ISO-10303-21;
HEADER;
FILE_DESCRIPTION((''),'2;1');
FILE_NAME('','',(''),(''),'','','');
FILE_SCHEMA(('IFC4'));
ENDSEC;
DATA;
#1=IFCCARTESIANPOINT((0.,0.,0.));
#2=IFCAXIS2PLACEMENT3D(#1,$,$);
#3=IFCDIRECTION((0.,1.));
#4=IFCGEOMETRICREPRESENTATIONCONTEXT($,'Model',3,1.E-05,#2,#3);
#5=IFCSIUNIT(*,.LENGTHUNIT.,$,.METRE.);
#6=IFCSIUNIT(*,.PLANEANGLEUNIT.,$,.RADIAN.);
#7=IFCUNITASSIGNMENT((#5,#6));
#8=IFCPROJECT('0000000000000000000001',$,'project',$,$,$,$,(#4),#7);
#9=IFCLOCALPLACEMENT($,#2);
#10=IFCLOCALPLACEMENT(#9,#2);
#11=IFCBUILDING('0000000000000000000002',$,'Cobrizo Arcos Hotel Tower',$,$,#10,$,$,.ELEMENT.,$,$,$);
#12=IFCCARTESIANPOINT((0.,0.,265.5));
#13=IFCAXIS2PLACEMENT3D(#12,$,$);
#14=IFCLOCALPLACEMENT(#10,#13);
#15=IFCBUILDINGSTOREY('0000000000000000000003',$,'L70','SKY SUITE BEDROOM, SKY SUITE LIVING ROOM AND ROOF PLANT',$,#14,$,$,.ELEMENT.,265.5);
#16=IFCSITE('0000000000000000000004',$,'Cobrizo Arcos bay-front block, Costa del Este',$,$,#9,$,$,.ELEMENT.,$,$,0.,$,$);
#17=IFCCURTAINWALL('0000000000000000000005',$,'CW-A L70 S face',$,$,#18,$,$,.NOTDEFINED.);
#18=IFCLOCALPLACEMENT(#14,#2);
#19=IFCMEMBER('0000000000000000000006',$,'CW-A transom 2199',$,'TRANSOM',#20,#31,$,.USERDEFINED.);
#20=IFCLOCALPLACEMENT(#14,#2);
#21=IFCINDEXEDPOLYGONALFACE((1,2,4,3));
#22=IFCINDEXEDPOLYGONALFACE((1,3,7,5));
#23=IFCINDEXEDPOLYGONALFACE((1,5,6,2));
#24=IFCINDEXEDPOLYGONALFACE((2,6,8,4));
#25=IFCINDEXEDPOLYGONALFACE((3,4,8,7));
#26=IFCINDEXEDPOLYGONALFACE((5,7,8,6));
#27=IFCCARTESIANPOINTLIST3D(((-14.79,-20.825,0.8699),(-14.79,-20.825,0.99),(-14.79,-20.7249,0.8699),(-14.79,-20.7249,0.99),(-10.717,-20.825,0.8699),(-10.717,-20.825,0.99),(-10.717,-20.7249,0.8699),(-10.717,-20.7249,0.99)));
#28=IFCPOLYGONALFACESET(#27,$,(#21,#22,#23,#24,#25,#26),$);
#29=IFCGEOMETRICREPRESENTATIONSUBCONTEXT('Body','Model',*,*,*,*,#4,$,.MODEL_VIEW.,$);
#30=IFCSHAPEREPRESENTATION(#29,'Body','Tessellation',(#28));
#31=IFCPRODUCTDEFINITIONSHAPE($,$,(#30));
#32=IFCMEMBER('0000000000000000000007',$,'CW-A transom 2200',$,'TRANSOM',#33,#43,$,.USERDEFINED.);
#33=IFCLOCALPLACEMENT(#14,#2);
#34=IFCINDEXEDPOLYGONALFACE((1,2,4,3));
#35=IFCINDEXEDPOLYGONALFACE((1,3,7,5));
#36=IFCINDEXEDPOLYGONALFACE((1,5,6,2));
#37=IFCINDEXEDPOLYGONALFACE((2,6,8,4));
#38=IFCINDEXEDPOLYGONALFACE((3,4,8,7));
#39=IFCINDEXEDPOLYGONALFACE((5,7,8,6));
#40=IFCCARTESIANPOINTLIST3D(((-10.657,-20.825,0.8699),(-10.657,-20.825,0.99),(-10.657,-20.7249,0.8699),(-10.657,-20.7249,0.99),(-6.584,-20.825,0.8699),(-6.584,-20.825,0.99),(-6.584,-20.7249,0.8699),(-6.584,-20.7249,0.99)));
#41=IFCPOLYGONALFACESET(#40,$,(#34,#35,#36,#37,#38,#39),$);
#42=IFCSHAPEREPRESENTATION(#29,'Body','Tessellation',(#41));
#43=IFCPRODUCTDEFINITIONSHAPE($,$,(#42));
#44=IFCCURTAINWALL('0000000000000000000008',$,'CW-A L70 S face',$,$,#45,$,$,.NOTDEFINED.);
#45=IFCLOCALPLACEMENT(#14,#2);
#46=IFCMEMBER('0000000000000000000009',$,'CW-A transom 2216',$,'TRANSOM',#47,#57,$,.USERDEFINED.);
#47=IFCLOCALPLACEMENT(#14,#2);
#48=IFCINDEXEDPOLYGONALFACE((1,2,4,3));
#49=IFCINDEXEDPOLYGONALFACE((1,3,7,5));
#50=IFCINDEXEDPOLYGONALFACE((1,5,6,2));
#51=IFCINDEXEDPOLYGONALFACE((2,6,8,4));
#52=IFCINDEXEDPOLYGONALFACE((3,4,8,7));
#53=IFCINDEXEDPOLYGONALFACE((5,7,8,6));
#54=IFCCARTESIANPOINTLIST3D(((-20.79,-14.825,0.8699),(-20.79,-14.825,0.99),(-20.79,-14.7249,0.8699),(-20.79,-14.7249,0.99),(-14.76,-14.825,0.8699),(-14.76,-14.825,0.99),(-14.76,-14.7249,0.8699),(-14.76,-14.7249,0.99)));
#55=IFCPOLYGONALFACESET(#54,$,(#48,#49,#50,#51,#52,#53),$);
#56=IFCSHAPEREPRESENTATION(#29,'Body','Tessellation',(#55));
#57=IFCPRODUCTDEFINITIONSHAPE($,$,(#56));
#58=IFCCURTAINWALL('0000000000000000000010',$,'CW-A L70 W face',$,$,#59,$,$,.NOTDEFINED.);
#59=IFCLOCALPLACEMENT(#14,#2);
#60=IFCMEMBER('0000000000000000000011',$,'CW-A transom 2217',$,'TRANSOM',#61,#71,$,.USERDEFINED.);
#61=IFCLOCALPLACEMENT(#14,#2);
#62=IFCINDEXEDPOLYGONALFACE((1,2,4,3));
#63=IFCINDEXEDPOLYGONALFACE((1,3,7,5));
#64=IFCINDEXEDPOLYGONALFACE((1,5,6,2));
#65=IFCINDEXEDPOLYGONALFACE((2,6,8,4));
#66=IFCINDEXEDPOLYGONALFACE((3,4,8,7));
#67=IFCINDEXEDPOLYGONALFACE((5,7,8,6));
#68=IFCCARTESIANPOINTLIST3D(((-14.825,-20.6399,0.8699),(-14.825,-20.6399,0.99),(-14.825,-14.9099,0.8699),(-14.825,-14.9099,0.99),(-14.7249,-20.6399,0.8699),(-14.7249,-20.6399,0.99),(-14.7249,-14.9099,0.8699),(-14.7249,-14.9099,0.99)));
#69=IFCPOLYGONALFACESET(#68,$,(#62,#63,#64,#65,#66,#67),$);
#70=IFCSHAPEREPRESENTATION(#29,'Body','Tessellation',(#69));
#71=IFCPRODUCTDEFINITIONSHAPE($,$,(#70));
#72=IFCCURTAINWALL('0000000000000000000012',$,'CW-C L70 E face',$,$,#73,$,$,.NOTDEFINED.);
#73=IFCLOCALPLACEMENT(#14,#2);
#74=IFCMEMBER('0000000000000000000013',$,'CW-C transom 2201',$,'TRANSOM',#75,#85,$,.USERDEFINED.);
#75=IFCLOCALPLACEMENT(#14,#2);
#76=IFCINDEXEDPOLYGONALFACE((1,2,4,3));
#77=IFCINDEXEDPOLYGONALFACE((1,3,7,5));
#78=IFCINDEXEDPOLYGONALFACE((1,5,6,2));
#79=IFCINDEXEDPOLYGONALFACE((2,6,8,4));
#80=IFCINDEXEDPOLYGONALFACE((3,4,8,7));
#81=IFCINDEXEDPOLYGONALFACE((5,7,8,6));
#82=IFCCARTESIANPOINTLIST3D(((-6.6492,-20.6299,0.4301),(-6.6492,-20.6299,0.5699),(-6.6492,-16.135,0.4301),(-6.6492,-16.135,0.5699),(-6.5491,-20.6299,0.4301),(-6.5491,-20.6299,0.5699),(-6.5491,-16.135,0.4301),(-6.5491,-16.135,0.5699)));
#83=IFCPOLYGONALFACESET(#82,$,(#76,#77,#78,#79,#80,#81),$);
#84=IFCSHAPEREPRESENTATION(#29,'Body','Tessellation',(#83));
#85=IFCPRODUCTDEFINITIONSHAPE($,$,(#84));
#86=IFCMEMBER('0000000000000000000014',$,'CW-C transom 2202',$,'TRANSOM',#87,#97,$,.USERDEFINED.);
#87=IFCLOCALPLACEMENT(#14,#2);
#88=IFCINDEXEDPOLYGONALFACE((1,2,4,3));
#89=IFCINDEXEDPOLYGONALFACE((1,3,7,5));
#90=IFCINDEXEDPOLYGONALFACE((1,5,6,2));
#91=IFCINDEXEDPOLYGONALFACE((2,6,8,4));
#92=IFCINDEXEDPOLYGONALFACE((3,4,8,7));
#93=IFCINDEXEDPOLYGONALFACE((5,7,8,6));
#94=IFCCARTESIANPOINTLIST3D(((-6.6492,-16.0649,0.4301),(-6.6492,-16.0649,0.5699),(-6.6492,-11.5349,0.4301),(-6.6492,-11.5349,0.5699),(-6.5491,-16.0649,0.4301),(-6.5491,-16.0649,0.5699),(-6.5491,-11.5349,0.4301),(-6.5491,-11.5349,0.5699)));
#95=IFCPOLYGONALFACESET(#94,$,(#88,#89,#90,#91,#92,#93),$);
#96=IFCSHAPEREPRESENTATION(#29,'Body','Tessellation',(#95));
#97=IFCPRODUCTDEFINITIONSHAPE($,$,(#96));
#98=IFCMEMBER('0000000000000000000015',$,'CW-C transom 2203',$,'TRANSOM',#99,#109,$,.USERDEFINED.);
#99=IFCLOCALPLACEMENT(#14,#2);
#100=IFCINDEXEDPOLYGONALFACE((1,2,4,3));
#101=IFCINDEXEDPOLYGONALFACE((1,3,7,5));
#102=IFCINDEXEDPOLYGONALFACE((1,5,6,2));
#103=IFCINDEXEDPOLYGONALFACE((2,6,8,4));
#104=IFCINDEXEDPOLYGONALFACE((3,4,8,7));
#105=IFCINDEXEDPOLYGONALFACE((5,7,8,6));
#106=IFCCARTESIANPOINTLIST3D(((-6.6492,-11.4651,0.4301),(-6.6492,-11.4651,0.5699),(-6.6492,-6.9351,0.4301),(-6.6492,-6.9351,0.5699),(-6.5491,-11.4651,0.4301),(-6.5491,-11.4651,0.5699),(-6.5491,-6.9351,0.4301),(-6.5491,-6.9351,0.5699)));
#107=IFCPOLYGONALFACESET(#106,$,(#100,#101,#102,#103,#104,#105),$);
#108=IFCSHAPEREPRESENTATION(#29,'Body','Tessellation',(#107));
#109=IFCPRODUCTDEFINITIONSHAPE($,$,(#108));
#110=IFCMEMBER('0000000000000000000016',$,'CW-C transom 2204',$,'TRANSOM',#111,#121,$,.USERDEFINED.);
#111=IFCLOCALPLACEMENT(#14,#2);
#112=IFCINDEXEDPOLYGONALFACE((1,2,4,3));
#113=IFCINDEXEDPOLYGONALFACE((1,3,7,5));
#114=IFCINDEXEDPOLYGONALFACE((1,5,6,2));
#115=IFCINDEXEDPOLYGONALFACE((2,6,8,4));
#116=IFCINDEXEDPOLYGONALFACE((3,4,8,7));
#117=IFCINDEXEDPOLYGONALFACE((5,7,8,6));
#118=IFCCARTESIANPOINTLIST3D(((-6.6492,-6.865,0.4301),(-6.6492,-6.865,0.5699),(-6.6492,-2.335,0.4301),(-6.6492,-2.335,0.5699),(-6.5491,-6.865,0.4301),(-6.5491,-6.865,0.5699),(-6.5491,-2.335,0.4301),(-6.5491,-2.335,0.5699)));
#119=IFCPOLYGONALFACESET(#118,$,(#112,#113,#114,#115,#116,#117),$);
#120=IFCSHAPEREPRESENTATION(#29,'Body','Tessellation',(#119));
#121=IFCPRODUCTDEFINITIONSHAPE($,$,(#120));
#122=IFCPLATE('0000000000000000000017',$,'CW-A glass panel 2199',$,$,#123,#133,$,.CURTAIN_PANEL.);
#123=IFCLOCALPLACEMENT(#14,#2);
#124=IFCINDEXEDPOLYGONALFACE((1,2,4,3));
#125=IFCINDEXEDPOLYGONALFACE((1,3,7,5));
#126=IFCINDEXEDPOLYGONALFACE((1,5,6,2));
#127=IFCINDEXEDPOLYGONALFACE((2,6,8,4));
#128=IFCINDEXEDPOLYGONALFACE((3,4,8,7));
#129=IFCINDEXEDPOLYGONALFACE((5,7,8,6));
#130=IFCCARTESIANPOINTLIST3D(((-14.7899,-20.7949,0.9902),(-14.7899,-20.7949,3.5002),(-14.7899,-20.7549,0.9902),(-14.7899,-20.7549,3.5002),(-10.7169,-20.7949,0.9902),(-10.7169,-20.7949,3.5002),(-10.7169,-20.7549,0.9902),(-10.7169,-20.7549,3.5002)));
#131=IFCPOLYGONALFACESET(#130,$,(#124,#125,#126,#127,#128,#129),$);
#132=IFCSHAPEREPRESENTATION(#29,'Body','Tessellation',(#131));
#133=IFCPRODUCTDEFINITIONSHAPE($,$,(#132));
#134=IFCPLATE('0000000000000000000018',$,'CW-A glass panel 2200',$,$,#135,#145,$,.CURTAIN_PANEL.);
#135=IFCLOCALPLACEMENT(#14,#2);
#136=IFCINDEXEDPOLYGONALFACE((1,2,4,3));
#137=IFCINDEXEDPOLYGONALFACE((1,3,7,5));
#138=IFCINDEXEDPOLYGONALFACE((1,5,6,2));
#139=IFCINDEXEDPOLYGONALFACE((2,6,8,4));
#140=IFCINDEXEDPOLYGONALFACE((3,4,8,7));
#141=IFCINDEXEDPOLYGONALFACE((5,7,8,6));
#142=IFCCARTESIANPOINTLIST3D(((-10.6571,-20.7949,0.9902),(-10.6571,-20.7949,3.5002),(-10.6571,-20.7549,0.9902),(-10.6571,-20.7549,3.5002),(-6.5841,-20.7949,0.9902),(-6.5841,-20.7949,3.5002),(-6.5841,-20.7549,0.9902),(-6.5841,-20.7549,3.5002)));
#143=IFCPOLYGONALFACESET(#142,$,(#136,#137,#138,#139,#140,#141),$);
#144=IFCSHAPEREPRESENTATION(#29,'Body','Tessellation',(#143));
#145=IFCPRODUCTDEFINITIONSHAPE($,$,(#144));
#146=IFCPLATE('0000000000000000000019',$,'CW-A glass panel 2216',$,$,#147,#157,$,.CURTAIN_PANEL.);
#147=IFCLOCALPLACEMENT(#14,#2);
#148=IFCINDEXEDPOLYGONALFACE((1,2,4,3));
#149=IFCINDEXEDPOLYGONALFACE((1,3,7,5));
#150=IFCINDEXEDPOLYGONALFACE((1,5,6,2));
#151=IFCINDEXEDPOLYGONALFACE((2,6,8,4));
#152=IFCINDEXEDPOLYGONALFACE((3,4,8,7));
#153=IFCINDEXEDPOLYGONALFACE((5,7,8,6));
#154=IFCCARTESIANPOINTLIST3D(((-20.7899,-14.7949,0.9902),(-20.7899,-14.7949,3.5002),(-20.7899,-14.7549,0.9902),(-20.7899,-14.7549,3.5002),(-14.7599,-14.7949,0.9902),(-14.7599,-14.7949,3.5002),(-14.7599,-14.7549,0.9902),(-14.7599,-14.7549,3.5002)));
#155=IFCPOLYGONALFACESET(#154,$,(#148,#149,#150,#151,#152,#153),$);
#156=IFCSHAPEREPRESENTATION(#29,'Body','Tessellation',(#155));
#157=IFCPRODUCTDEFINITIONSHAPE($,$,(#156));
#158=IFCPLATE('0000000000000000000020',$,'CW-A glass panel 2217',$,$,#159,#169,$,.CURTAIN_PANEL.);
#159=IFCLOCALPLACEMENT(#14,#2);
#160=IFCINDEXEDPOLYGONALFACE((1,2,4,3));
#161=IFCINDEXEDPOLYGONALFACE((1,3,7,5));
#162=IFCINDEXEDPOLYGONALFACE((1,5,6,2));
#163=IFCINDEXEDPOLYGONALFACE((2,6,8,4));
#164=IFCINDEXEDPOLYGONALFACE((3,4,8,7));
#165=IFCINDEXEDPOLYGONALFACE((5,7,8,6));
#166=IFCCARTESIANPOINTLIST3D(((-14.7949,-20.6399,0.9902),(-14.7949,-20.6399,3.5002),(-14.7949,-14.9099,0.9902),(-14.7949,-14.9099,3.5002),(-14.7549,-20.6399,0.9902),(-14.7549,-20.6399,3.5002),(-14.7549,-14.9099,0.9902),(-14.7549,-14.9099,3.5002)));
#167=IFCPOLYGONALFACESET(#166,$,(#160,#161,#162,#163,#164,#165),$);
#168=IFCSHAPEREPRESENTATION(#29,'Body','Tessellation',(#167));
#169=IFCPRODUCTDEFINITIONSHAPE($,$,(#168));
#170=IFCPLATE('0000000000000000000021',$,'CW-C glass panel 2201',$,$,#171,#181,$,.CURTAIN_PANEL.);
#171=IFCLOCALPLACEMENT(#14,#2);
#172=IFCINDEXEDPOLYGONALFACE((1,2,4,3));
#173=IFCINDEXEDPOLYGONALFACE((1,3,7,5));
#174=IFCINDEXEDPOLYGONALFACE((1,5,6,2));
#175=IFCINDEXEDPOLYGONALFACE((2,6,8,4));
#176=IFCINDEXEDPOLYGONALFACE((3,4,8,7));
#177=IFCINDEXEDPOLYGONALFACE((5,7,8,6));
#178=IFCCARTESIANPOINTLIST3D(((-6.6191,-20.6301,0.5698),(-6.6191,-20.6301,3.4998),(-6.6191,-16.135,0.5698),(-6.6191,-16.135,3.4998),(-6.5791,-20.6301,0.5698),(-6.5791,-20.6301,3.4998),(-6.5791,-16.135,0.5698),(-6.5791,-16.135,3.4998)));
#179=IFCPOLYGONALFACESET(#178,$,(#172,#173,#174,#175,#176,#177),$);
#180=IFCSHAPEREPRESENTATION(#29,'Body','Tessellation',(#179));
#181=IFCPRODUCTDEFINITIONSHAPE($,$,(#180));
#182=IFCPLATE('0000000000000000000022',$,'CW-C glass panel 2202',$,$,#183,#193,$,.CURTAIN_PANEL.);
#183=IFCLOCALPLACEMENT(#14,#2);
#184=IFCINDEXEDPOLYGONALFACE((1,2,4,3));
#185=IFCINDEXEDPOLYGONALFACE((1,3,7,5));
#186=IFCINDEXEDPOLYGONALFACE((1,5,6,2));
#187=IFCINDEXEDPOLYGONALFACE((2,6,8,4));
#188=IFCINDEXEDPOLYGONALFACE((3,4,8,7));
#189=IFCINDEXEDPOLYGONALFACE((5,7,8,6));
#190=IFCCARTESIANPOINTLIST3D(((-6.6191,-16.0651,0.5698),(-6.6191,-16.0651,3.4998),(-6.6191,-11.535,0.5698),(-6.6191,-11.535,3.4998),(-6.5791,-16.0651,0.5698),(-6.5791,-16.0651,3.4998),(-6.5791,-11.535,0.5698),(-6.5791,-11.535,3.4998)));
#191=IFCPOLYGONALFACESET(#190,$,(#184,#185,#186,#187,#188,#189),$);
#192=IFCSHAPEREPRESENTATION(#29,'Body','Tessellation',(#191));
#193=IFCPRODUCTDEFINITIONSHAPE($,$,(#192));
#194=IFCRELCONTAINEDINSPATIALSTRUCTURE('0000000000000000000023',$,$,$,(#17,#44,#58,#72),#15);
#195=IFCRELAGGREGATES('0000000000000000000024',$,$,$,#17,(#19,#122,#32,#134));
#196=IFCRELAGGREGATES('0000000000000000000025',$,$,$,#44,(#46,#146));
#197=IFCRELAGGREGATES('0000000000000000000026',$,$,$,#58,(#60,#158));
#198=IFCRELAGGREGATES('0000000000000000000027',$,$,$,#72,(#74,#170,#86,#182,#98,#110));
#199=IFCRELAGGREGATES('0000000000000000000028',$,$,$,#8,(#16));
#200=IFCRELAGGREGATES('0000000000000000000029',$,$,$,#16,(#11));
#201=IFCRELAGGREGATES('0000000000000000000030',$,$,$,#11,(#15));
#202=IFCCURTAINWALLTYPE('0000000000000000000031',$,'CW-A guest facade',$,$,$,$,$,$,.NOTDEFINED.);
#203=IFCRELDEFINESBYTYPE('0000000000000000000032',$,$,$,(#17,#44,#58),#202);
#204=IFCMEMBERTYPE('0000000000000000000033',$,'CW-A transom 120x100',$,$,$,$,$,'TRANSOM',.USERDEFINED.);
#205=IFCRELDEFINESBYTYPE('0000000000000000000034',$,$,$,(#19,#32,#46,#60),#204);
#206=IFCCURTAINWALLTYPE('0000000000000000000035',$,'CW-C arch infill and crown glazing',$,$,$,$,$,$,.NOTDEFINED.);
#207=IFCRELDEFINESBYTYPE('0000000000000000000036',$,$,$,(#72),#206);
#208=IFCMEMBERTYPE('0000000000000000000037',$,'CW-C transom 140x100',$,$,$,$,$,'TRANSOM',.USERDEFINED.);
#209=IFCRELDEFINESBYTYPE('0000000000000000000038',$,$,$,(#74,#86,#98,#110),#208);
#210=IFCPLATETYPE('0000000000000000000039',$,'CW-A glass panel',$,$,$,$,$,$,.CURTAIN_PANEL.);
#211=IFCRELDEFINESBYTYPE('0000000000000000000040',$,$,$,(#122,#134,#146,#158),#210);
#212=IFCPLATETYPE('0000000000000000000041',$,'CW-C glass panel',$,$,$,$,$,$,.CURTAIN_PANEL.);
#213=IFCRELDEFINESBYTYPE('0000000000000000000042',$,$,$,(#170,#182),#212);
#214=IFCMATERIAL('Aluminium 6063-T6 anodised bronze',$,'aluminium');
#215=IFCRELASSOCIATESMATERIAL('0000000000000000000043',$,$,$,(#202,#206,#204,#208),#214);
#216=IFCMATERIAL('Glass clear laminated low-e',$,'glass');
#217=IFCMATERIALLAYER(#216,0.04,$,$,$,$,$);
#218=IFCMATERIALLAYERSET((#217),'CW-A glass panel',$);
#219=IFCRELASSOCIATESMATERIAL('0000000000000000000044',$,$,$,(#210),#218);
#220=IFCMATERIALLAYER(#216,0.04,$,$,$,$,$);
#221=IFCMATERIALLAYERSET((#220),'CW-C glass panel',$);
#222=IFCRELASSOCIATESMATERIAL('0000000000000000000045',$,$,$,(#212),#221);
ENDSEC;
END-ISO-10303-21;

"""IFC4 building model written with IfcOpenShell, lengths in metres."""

from ifc_helpers import new_model, si_unit, direction, frame, origin, origin_2d, place, context, subcontext, project, spatial, rectangle, extrude, material, layer, layer_set, material_profile, profile_set, type_object, element, aggregate, save


model = new_model("IFC4")

# Units and contexts
model_context = context("Model", 3, precision=1e-05, world=origin(), true_north=direction((0.0, 1.0)))
body_context = subcontext(model_context, "Body", "Model", "MODEL_VIEW")
ifc_project = project(units=[si_unit("LENGTHUNIT", "METRE"), si_unit("PLANEANGLEUNIT", "RADIAN")], contexts=[model_context])

# Site, building, storey
site_placement = place(None, origin())
site = spatial("IfcSite", under=ifc_project, at=site_placement, Name="Cobrizo Arcos bay-front block, Costa del Este", CompositionType="ELEMENT", RefElevation=0.0)
building_placement = place(site_placement, origin())
building = spatial("IfcBuilding", under=site, at=building_placement, Name="Cobrizo Arcos Hotel Tower", CompositionType="ELEMENT")
storey_placement = place(building_placement, frame((0.0, 0.0, 265.5)))
storey = spatial("IfcBuildingStorey", under=building, at=storey_placement, Name="L70", Description="SKY SUITE BEDROOM, SKY SUITE LIVING ROOM AND ROOF PLANT", CompositionType="ELEMENT", Elevation=265.5)

# Curtain wall, members
ifc_material_1 = material(Name="Aluminium 6063-T6 anodised bronze", Category="aluminium")
curtain_wall_type_1 = type_object("IfcCurtainWallType", Name="CW-A guest facade", PredefinedType="NOTDEFINED", material=ifc_material_1)
curtain_wall_1_placement = place(storey_placement, origin())
curtain_wall_1 = element("IfcCurtainWall", 1, at=curtain_wall_1_placement, inside=storey, type_object=curtain_wall_type_1, Name="CW-A L70 S face", PredefinedType="NOTDEFINED")
ifc_material_profile_1 = material_profile(ifc_material_1, rectangle(XDim=0.1001, YDim=0.1201, at=origin_2d()), Name="CW-A transom 120x100")
ifc_profile_set_1 = profile_set([ifc_material_profile_1], Name="Aluminium 6063-T6 anodised bronze")
member_type_1 = type_object("IfcMemberType", Name="CW-A transom 120x100", ElementType="TRANSOM", PredefinedType="USERDEFINED", material=ifc_profile_set_1)
member_1_placement = place(storey_placement, frame((-14.79, -20.7749, 0.9299), z_axis=(1.0, 0.0, 0.0), x_axis=(0.0, 1.0, 0.0)))
member_1 = element("IfcMember", 2, at=member_1_placement, type_object=member_type_1, Name="CW-A transom 2199", ObjectType="TRANSOM", PredefinedType="USERDEFINED", context=body_context, shape_type="SweptSolid", body=[
    extrude(rectangle(XDim=0.1001, YDim=0.1201, at=origin_2d()), origin(), (0.0, 0.0, 1.0), 4.073),
])
member_2_placement = place(storey_placement, frame((-10.657, -20.7749, 0.9299), z_axis=(1.0, 0.0, 0.0), x_axis=(0.0, 1.0, 0.0)))
member_2 = element("IfcMember", 3, at=member_2_placement, type_object=member_type_1, Name="CW-A transom 2200", ObjectType="TRANSOM", PredefinedType="USERDEFINED", context=body_context, shape_type="SweptSolid", body=[
    extrude(rectangle(XDim=0.1001, YDim=0.1201, at=origin_2d()), origin(), (0.0, 0.0, 1.0), 4.073),
])

# Curtain walls, members
curtain_wall_2_placement = place(storey_placement, origin())
curtain_wall_2 = element("IfcCurtainWall", 4, at=curtain_wall_2_placement, inside=storey, type_object=curtain_wall_type_1, Name="CW-A L70 S face", PredefinedType="NOTDEFINED")
member_3_placement = place(storey_placement, frame((-20.79, -14.7749, 0.9299), z_axis=(1.0, 0.0, 0.0), x_axis=(0.0, 1.0, 0.0)))
member_3 = element("IfcMember", 5, at=member_3_placement, type_object=member_type_1, Name="CW-A transom 2216", ObjectType="TRANSOM", PredefinedType="USERDEFINED", context=body_context, shape_type="SweptSolid", body=[
    extrude(rectangle(XDim=0.1001, YDim=0.1201, at=origin_2d()), origin(), (0.0, 0.0, 1.0), 6.03),
])
curtain_wall_3_placement = place(storey_placement, origin())
curtain_wall_3 = element("IfcCurtainWall", 6, at=curtain_wall_3_placement, inside=storey, type_object=curtain_wall_type_1, Name="CW-A L70 W face", PredefinedType="NOTDEFINED")
member_4_placement = place(storey_placement, frame((-14.7749, -14.9099, 0.9299), z_axis=(0.0, -1.0, 0.0), x_axis=(1.0, 0.0, 0.0)))
member_4 = element("IfcMember", 7, at=member_4_placement, type_object=member_type_1, Name="CW-A transom 2217", ObjectType="TRANSOM", PredefinedType="USERDEFINED", context=body_context, shape_type="SweptSolid", body=[
    extrude(rectangle(XDim=0.1001, YDim=0.1201, at=origin_2d()), origin(), (0.0, 0.0, 1.0), 5.73),
])

# Curtain wall, members
curtain_wall_type_2 = type_object("IfcCurtainWallType", Name="CW-C arch infill and crown glazing", PredefinedType="NOTDEFINED", material=ifc_material_1)
curtain_wall_4_placement = place(storey_placement, origin())
curtain_wall_4 = element("IfcCurtainWall", 8, at=curtain_wall_4_placement, inside=storey, type_object=curtain_wall_type_2, Name="CW-C L70 E face", PredefinedType="NOTDEFINED")
ifc_material_profile_2 = material_profile(ifc_material_1, rectangle(XDim=0.1001, YDim=0.1399, at=origin_2d()), Name="CW-C transom 140x100")
ifc_profile_set_2 = profile_set([ifc_material_profile_2], Name="Aluminium 6063-T6 anodised bronze")
member_type_2 = type_object("IfcMemberType", Name="CW-C transom 140x100", ElementType="TRANSOM", PredefinedType="USERDEFINED", material=ifc_profile_set_2)
member_5_placement = place(storey_placement, frame((-6.5991, -20.6299, 0.5), z_axis=(0.0, 1.0, 0.0), x_axis=(-1.0, 0.0, 0.0)))
member_5 = element("IfcMember", 9, at=member_5_placement, type_object=member_type_2, Name="CW-C transom 2201", ObjectType="TRANSOM", PredefinedType="USERDEFINED", context=body_context, shape_type="SweptSolid", body=[
    extrude(rectangle(XDim=0.1001, YDim=0.1399, at=origin_2d()), origin(), (0.0, 0.0, 1.0), 4.4949),
])
member_6_placement = place(storey_placement, frame((-6.5991, -16.0649, 0.5), z_axis=(0.0, 1.0, 0.0), x_axis=(-1.0, 0.0, 0.0)))
member_6 = element("IfcMember", 10, at=member_6_placement, type_object=member_type_2, Name="CW-C transom 2202", ObjectType="TRANSOM", PredefinedType="USERDEFINED", context=body_context, shape_type="SweptSolid", body=[
    extrude(rectangle(XDim=0.1001, YDim=0.1399, at=origin_2d()), origin(), (0.0, 0.0, 1.0), 4.53),
])
member_7_placement = place(storey_placement, frame((-6.5991, -11.4651, 0.5), z_axis=(0.0, 1.0, 0.0), x_axis=(-1.0, 0.0, 0.0)))
member_7 = element("IfcMember", 11, at=member_7_placement, type_object=member_type_2, Name="CW-C transom 2203", ObjectType="TRANSOM", PredefinedType="USERDEFINED", context=body_context, shape_type="SweptSolid", body=[
    extrude(rectangle(XDim=0.1001, YDim=0.1399, at=origin_2d()), origin(), (0.0, 0.0, 1.0), 4.53),
])
member_8_placement = place(storey_placement, frame((-6.5991, -6.865, 0.5), z_axis=(0.0, 1.0, 0.0), x_axis=(-1.0, 0.0, 0.0)))
member_8 = element("IfcMember", 12, at=member_8_placement, type_object=member_type_2, Name="CW-C transom 2204", ObjectType="TRANSOM", PredefinedType="USERDEFINED", context=body_context, shape_type="SweptSolid", body=[
    extrude(rectangle(XDim=0.1001, YDim=0.1399, at=origin_2d()), origin(), (0.0, 0.0, 1.0), 4.53),
])

# Plates
ifc_material_2 = material(Name="Glass clear laminated low-e", Category="glass")
ifc_layer_1 = layer(ifc_material_2, 0.04)
ifc_layer_set_1 = layer_set([ifc_layer_1], Name="CW-A glass panel")
plate_type_1 = type_object("IfcPlateType", Name="CW-A glass panel", PredefinedType="CURTAIN_PANEL", material=ifc_layer_set_1)
plate_1_placement = place(storey_placement, frame((-12.7534, -20.7749, 0.9902), z_axis=(0.0, 0.0, 1.0), x_axis=(1.0, 0.0, 0.0)))
plate_1 = element("IfcPlate", 13, at=plate_1_placement, type_object=plate_type_1, Name="CW-A glass panel 2199", PredefinedType="CURTAIN_PANEL", context=body_context, shape_type="SweptSolid", body=[
    extrude(rectangle(XDim=4.073, YDim=0.04, at=origin_2d()), origin(), (0.0, 0.0, 1.0), 2.51),
])
plate_2_placement = place(storey_placement, frame((-8.6206, -20.7749, 0.9902), z_axis=(0.0, 0.0, 1.0), x_axis=(1.0, 0.0, 0.0)))
plate_2 = element("IfcPlate", 14, at=plate_2_placement, type_object=plate_type_1, Name="CW-A glass panel 2200", PredefinedType="CURTAIN_PANEL", context=body_context, shape_type="SweptSolid", body=[
    extrude(rectangle(XDim=4.073, YDim=0.04, at=origin_2d()), origin(), (0.0, 0.0, 1.0), 2.51),
])
aggregate(curtain_wall_1, [member_1, plate_1, member_2, plate_2])
plate_3_placement = place(storey_placement, frame((-17.7749, -14.7749, 0.9902), z_axis=(0.0, 0.0, 1.0), x_axis=(1.0, 0.0, 0.0)))
plate_3 = element("IfcPlate", 15, at=plate_3_placement, type_object=plate_type_1, Name="CW-A glass panel 2216", PredefinedType="CURTAIN_PANEL", context=body_context, shape_type="SweptSolid", body=[
    extrude(rectangle(XDim=6.03, YDim=0.04, at=origin_2d()), origin(), (0.0, 0.0, 1.0), 2.51),
])
aggregate(curtain_wall_2, [member_3, plate_3])
plate_4_placement = place(storey_placement, frame((-14.7749, -17.7749, 0.9902), z_axis=(0.0, 0.0, 1.0), x_axis=(0.0, -1.0, 0.0)))
plate_4 = element("IfcPlate", 16, at=plate_4_placement, type_object=plate_type_1, Name="CW-A glass panel 2217", PredefinedType="CURTAIN_PANEL", context=body_context, shape_type="SweptSolid", body=[
    extrude(rectangle(XDim=5.73, YDim=0.04, at=origin_2d()), origin(), (0.0, 0.0, 1.0), 2.51),
])
aggregate(curtain_wall_3, [member_4, plate_4])
ifc_layer_2 = layer(ifc_material_2, 0.04)
ifc_layer_set_2 = layer_set([ifc_layer_2], Name="CW-C glass panel")
plate_type_2 = type_object("IfcPlateType", Name="CW-C glass panel", PredefinedType="CURTAIN_PANEL", material=ifc_layer_set_2)
plate_5_placement = place(storey_placement, frame((-6.5991, -18.3826, 0.5698), z_axis=(0.0, 0.0, 1.0), x_axis=(0.0, 1.0, 0.0)))
plate_5 = element("IfcPlate", 17, at=plate_5_placement, type_object=plate_type_2, Name="CW-C glass panel 2201", PredefinedType="CURTAIN_PANEL", context=body_context, shape_type="SweptSolid", body=[
    extrude(rectangle(XDim=4.4951, YDim=0.04, at=origin_2d()), origin(), (0.0, 0.0, 1.0), 2.9299),
])
plate_6_placement = place(storey_placement, frame((-6.5991, -13.8, 0.5698), z_axis=(0.0, 0.0, 1.0), x_axis=(0.0, 1.0, 0.0)))
plate_6 = element("IfcPlate", 18, at=plate_6_placement, type_object=plate_type_2, Name="CW-C glass panel 2202", PredefinedType="CURTAIN_PANEL", context=body_context, shape_type="SweptSolid", body=[
    extrude(rectangle(XDim=4.53, YDim=0.04, at=origin_2d()), origin(), (0.0, 0.0, 1.0), 2.9299),
])
aggregate(curtain_wall_4, [member_5, plate_5, member_6, plate_6, member_7, member_8])

save(model, "model.ifc")
